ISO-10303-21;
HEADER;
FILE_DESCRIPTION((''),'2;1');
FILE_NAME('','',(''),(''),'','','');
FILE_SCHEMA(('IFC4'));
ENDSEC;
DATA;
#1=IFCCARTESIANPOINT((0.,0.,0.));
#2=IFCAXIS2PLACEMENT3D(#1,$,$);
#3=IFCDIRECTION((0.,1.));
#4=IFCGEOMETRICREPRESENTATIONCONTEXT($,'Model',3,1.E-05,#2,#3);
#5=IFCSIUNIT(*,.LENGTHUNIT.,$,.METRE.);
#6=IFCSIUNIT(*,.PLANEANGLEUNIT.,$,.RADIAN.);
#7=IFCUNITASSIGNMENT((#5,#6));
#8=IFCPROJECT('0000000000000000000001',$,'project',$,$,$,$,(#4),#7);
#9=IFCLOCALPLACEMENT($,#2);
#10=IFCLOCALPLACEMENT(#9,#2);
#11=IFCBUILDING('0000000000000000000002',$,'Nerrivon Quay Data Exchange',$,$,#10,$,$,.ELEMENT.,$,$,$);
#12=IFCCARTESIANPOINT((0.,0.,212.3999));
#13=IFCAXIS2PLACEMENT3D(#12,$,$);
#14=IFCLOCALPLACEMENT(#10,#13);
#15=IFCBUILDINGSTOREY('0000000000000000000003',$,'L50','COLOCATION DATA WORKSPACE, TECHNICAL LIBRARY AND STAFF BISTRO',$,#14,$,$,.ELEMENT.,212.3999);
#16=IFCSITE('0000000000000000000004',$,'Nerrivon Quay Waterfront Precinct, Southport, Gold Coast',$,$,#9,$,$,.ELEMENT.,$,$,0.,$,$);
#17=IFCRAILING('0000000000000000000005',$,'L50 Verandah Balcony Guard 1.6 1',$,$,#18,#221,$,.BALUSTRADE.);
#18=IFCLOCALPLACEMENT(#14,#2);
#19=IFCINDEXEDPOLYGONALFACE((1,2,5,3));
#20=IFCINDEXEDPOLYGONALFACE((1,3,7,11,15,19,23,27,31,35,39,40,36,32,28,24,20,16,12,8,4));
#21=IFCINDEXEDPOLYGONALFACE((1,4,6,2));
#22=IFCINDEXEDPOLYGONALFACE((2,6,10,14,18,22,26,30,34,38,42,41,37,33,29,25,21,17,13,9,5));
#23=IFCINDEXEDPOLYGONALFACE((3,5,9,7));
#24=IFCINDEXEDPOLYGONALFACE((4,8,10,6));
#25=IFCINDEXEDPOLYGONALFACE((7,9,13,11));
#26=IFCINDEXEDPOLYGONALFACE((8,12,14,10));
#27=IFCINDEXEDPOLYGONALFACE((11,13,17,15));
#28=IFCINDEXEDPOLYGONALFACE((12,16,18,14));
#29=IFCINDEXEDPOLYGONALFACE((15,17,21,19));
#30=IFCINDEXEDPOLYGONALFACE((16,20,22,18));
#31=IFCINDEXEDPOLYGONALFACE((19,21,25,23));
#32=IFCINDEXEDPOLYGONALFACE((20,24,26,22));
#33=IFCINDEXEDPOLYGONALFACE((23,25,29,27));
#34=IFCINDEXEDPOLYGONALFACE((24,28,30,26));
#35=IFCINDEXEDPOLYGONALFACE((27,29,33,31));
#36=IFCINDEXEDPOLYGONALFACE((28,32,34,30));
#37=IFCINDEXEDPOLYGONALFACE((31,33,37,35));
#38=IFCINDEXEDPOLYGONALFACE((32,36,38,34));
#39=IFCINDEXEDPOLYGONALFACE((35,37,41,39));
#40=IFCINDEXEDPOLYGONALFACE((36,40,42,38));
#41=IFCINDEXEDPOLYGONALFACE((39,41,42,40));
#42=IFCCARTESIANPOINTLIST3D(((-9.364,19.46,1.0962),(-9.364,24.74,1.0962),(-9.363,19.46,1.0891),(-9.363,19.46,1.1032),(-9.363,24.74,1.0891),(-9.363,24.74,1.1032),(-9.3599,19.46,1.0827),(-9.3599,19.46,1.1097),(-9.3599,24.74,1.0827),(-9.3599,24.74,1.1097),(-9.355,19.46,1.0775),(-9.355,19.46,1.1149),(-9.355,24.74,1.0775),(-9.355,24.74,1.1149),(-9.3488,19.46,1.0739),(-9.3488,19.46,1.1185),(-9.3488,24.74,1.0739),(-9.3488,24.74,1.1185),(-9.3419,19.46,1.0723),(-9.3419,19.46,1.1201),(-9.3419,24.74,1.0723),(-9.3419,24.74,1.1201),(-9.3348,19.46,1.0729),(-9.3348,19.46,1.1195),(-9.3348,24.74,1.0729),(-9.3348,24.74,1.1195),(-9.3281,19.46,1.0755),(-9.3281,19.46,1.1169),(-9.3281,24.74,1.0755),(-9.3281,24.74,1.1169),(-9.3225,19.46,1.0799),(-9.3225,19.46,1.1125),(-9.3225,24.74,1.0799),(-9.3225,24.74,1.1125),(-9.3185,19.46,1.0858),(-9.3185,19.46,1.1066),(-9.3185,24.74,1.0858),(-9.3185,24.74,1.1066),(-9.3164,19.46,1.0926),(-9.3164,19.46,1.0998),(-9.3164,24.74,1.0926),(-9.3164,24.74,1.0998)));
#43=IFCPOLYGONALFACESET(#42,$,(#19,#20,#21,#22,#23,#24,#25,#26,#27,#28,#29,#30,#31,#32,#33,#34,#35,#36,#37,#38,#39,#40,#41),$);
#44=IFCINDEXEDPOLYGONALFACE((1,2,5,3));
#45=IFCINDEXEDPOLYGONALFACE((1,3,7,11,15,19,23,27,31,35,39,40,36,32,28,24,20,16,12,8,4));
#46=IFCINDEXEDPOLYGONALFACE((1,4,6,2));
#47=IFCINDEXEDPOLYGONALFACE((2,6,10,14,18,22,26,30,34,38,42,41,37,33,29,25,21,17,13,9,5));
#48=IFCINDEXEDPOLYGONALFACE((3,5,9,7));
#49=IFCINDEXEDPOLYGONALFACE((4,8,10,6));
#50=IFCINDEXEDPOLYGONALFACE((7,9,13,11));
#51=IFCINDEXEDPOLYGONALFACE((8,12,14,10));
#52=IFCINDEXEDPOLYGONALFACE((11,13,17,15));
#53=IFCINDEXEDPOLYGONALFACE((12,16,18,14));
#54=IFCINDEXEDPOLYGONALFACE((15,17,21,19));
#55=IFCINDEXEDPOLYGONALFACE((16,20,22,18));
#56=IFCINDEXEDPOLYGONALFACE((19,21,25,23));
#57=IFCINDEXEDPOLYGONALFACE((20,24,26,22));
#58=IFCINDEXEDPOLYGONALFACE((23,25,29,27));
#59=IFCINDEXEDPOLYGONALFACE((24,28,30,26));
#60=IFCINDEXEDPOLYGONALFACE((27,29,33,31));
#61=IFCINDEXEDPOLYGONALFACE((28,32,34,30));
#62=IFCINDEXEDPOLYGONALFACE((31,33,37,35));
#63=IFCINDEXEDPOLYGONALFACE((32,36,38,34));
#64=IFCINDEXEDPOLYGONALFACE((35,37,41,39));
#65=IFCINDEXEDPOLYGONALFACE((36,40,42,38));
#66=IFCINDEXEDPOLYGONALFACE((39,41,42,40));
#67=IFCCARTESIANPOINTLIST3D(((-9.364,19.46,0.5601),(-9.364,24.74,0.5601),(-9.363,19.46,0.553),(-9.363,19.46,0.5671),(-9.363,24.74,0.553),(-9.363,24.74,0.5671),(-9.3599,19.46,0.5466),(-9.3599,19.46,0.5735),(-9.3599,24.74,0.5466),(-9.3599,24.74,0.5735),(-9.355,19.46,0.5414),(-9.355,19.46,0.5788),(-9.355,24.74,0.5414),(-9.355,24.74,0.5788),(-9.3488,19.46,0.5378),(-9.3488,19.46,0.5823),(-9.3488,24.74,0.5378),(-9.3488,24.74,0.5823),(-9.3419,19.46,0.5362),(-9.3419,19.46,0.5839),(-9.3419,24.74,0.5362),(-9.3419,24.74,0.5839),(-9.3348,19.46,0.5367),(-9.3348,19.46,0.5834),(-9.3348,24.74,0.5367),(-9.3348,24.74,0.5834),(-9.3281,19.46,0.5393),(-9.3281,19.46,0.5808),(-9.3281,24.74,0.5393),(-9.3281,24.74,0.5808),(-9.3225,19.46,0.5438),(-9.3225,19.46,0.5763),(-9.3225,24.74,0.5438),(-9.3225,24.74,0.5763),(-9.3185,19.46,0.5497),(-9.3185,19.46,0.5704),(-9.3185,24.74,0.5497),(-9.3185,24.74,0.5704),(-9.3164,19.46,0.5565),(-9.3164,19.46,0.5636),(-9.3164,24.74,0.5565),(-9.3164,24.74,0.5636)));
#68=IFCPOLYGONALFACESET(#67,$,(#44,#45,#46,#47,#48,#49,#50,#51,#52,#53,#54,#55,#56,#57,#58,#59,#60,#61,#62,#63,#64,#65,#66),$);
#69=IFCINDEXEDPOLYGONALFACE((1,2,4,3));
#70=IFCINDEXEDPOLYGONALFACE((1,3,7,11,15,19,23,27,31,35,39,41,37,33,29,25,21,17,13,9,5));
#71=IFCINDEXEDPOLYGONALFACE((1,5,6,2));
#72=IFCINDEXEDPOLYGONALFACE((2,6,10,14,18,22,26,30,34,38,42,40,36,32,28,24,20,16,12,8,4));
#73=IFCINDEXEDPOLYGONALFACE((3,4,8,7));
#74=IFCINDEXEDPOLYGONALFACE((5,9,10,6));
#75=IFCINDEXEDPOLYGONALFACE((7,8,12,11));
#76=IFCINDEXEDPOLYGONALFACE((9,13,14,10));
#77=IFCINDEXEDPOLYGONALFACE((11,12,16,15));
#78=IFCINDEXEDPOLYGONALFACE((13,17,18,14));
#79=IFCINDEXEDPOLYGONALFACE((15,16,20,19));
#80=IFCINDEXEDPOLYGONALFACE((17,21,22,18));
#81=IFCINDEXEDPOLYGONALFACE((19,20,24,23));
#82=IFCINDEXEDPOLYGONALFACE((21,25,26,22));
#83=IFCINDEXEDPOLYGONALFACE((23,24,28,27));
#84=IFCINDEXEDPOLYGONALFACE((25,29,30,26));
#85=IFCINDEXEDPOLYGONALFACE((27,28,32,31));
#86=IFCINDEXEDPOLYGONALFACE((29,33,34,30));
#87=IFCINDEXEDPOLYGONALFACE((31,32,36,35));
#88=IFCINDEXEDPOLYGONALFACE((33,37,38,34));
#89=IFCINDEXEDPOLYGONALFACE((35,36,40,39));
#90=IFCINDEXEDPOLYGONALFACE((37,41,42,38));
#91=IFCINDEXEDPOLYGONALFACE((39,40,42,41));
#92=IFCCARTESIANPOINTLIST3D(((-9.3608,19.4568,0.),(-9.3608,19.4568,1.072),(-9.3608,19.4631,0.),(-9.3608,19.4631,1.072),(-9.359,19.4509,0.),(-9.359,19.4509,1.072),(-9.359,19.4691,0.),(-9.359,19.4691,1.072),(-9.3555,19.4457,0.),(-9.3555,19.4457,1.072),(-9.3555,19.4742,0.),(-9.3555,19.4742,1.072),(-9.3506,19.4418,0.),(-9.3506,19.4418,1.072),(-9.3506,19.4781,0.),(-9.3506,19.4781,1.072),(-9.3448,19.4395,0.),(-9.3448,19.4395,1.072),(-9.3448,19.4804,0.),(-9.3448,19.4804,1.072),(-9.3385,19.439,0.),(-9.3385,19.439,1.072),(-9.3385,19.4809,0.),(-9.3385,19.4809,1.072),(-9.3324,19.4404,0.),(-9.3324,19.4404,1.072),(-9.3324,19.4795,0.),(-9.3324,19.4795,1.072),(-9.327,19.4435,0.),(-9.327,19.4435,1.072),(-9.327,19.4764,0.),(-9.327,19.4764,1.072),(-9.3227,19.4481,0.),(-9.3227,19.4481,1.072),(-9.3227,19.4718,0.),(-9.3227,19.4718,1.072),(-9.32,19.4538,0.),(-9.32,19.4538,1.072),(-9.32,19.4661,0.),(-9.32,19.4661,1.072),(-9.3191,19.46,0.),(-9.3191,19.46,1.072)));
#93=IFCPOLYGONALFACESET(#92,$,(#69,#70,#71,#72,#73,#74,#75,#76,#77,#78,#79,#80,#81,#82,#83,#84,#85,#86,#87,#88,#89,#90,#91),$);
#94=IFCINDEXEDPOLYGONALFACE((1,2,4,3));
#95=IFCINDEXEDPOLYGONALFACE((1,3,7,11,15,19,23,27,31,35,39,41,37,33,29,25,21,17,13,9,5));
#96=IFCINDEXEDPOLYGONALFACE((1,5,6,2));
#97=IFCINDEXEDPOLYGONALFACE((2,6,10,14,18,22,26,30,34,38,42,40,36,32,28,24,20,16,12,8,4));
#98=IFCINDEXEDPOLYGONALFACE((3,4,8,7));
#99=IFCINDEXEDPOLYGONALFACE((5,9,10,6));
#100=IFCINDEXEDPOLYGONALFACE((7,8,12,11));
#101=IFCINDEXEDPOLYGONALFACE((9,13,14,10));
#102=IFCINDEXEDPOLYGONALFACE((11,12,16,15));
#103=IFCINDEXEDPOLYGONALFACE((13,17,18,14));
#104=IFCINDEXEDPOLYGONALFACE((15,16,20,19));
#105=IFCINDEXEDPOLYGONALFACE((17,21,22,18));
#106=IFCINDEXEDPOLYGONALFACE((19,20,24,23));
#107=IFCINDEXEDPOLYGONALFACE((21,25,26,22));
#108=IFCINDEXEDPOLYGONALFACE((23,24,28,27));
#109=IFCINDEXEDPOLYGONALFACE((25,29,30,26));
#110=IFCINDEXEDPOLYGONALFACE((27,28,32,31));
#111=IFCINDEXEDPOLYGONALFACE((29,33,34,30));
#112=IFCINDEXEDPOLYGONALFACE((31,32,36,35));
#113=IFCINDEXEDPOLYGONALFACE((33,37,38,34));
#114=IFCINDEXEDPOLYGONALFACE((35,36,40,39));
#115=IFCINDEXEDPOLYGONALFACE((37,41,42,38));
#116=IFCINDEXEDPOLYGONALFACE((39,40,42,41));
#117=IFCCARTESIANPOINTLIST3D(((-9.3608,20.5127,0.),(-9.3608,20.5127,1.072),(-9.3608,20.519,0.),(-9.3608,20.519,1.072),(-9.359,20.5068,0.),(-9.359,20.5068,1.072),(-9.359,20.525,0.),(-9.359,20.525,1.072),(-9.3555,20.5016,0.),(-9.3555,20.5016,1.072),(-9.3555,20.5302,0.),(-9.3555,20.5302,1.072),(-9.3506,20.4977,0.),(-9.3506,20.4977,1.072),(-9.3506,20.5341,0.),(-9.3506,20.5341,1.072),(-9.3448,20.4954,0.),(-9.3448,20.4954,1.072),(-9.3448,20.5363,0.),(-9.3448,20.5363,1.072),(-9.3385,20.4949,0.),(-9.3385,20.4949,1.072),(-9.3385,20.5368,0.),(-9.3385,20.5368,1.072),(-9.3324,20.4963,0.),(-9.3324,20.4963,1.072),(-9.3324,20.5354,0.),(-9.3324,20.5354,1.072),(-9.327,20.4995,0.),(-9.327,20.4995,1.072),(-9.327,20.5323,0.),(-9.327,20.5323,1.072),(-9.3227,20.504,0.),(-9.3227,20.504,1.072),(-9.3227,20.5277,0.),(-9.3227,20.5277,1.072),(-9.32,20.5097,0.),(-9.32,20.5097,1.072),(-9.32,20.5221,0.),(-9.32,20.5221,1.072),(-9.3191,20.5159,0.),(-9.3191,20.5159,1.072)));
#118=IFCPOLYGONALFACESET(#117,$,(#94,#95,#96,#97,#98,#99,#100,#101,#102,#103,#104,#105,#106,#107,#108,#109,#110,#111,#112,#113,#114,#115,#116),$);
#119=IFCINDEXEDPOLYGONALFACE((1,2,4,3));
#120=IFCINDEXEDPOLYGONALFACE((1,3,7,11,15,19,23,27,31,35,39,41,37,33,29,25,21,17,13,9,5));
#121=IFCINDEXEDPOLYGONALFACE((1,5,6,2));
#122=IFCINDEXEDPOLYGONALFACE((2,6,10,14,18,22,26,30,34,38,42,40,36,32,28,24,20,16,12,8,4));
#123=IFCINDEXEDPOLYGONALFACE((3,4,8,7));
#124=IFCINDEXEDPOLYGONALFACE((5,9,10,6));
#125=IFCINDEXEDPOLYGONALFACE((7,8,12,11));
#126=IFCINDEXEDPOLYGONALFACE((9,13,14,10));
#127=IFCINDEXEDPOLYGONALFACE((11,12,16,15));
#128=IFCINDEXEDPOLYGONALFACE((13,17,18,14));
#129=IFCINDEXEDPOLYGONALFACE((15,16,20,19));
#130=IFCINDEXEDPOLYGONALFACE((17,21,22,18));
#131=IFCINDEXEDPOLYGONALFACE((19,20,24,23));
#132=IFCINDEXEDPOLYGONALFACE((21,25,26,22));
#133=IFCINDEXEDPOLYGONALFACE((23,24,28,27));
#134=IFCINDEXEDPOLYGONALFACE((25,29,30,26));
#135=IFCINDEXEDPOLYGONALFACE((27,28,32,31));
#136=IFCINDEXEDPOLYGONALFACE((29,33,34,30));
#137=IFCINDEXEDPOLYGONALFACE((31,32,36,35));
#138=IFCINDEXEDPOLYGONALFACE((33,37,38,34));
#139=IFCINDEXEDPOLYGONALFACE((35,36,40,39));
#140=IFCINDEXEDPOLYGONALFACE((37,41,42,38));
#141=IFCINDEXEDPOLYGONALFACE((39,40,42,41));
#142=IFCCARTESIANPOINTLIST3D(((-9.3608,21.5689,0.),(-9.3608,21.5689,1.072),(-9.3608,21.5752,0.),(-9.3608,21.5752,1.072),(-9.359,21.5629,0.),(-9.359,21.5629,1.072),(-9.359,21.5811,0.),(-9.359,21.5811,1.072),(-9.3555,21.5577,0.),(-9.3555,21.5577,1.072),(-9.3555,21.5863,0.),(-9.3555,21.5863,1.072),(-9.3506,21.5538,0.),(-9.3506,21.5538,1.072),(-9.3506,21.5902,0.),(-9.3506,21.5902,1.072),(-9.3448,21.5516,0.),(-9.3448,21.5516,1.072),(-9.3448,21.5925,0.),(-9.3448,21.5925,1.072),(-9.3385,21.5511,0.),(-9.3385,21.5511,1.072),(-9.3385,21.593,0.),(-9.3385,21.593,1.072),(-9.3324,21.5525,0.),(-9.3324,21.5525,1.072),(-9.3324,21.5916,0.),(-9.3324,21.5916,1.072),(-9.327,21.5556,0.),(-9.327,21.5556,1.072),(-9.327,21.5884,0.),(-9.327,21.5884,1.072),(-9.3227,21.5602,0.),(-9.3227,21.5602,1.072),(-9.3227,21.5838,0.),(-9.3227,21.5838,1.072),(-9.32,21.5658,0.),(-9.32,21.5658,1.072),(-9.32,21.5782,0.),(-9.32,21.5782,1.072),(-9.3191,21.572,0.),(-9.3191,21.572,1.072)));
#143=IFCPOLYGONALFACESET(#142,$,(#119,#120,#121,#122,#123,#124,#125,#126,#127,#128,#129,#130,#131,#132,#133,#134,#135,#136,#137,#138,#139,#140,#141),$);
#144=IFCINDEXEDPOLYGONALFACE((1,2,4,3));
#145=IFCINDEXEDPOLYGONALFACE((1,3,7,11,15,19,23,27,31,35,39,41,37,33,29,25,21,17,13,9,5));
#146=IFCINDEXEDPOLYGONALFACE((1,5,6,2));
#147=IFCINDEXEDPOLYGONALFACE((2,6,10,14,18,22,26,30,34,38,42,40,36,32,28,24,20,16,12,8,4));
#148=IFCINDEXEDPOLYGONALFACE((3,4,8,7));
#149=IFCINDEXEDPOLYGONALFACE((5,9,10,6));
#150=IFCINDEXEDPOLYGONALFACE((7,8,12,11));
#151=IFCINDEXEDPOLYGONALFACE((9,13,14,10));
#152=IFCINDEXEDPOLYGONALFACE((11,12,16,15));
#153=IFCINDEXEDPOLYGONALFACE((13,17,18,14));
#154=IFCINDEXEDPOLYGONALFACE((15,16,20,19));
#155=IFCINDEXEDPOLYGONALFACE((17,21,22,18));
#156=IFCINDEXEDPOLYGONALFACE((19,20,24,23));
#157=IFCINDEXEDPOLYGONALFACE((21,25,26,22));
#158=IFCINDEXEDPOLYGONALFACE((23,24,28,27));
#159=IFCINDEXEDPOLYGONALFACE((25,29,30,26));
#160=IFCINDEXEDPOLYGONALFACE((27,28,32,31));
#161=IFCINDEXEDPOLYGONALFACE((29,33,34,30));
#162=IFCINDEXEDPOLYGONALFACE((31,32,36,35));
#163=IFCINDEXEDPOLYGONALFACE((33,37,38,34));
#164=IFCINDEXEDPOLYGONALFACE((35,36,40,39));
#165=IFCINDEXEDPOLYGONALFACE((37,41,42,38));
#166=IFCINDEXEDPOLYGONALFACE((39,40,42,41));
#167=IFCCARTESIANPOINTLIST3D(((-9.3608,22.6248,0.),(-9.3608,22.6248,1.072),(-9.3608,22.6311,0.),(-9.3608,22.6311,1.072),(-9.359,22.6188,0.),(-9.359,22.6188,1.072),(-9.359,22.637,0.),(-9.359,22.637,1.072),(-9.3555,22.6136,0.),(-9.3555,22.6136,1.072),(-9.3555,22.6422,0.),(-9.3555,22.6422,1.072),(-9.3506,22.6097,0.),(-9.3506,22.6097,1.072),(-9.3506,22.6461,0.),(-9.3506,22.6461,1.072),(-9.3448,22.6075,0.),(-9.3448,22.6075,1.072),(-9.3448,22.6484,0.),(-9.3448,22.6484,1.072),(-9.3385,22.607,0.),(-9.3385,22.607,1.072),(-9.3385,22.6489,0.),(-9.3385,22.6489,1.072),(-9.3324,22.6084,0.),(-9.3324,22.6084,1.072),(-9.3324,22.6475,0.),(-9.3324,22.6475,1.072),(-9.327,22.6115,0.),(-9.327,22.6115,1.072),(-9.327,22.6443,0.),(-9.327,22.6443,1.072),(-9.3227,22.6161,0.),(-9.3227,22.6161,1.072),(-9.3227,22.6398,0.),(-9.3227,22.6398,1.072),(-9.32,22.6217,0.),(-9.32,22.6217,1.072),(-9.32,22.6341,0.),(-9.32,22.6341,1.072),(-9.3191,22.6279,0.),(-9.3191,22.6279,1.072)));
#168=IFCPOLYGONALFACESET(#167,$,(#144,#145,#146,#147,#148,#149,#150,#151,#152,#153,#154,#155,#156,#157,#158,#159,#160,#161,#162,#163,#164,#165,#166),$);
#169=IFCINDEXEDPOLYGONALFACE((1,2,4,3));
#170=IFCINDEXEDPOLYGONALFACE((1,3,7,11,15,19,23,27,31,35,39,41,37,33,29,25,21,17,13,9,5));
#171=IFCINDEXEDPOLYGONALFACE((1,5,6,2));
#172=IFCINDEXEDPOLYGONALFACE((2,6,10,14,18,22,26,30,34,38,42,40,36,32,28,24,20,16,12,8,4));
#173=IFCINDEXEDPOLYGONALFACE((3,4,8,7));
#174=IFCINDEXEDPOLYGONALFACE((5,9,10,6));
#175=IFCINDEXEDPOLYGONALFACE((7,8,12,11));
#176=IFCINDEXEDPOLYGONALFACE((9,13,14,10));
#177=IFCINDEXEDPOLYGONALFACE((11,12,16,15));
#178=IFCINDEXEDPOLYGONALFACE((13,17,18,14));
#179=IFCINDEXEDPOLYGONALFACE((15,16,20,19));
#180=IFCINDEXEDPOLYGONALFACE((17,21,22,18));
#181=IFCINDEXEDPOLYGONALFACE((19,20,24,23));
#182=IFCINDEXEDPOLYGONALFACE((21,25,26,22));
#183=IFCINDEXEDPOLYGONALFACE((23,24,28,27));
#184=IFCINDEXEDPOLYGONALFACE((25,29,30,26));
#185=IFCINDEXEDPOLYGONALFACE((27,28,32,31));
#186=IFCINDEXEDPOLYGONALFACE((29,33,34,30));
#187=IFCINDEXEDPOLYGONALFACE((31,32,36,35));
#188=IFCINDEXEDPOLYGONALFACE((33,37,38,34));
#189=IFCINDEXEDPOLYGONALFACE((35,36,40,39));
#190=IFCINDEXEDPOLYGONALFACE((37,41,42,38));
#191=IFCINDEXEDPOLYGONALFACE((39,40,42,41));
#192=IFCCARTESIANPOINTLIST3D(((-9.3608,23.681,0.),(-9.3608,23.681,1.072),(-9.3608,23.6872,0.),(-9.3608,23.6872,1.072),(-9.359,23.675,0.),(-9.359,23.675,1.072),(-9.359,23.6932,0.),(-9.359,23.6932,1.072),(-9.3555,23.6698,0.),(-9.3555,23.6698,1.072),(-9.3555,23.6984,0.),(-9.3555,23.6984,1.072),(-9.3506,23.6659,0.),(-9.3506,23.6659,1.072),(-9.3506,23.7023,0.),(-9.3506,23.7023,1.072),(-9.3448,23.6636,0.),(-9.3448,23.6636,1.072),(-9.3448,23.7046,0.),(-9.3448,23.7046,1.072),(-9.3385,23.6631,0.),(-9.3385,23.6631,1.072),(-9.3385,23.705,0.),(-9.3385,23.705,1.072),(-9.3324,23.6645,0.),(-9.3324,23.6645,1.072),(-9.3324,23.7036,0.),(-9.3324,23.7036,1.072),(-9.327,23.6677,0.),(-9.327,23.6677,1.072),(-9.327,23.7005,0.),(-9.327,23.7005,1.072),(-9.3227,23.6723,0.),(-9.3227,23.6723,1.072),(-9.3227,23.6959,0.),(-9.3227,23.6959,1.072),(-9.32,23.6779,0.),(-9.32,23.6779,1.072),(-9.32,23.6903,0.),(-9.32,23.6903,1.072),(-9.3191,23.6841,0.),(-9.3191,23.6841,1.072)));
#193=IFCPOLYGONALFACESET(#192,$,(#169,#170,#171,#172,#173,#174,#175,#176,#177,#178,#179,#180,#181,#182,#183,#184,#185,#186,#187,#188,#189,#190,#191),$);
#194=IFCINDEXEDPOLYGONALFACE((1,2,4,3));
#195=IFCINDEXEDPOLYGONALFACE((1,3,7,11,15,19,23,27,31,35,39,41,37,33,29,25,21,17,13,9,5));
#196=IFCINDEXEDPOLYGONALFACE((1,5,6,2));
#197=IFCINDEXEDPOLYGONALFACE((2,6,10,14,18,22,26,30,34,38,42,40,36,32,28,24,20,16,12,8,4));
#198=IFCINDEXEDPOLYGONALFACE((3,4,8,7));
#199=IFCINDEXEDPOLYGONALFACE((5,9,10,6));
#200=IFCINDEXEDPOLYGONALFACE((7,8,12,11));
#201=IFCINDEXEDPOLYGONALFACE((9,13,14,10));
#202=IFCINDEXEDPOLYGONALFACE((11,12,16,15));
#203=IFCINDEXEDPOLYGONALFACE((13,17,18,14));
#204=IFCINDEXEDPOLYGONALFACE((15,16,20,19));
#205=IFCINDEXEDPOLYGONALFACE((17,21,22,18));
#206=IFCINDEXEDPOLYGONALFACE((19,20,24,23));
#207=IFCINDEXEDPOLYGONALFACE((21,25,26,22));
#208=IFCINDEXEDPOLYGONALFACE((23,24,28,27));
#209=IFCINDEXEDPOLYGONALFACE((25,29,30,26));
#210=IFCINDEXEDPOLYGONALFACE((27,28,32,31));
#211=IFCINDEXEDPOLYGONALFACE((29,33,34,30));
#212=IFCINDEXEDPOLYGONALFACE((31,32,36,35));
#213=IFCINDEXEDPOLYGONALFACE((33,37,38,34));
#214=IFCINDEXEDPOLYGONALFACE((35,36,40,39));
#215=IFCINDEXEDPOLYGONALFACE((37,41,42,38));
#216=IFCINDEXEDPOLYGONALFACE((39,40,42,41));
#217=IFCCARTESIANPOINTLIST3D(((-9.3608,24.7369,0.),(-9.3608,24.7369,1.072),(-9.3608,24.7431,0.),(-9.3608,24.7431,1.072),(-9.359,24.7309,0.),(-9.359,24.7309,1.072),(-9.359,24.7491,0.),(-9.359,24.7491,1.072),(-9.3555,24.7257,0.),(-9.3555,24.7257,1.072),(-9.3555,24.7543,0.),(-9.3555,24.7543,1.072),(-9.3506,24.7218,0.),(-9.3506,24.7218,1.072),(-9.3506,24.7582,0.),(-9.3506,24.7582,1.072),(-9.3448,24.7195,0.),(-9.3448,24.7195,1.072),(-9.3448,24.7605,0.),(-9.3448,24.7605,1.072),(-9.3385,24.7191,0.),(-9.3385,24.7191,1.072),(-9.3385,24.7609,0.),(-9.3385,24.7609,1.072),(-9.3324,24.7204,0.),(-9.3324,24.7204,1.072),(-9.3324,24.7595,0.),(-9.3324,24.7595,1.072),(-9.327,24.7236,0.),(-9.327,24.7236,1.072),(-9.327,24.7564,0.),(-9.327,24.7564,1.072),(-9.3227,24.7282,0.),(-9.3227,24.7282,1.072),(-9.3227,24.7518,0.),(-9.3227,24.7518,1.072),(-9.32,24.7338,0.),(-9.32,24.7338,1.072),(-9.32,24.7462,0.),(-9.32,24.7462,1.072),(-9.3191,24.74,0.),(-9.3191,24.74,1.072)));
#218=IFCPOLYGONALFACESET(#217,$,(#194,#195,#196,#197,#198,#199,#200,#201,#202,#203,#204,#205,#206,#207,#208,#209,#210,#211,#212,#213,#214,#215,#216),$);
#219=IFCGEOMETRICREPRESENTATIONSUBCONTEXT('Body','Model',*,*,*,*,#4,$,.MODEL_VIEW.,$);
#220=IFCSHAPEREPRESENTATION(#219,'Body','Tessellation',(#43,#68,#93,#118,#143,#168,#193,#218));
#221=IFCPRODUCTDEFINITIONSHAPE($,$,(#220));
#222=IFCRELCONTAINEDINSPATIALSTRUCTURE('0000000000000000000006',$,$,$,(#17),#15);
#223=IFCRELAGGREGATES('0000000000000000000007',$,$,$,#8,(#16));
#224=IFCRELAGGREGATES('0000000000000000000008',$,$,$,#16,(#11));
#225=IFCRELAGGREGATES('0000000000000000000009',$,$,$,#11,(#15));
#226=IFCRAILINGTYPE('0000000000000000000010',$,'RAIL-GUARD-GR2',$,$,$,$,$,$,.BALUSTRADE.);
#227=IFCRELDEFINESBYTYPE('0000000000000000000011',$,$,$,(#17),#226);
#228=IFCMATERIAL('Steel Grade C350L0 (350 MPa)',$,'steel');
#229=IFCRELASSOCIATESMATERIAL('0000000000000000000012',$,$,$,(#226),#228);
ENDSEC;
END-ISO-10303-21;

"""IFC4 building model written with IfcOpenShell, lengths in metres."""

from ifc_helpers import new_model, si_unit, direction, frame, origin, origin_2d, place, context, subcontext, project, spatial, circle, extrude, material, type_object, element, save


model = new_model("IFC4")

# Units and contexts
model_context = context("Model", 3, precision=1e-05, world=origin(), true_north=direction((0.0, 1.0)))
body_context = subcontext(model_context, "Body", "Model", "MODEL_VIEW")
ifc_project = project(units=[si_unit("LENGTHUNIT", "METRE"), si_unit("PLANEANGLEUNIT", "RADIAN")], contexts=[model_context])

# Site, building, storey
site_placement = place(None, origin())
site = spatial("IfcSite", under=ifc_project, at=site_placement, Name="Nerrivon Quay Waterfront Precinct, Southport, Gold Coast", CompositionType="ELEMENT", RefElevation=0.0)
building_placement = place(site_placement, origin())
building = spatial("IfcBuilding", under=site, at=building_placement, Name="Nerrivon Quay Data Exchange", CompositionType="ELEMENT")
storey_placement = place(building_placement, frame((0.0, 0.0, 212.3999)))
storey = spatial("IfcBuildingStorey", under=building, at=storey_placement, Name="L50", Description="COLOCATION DATA WORKSPACE, TECHNICAL LIBRARY AND STAFF BISTRO", CompositionType="ELEMENT", Elevation=212.3999)

# Railing
ifc_material_1 = material(Name="Steel Grade C350L0 (350 MPa)", Category="steel")
railing_type = type_object("IfcRailingType", Name="RAIL-GUARD-GR2", PredefinedType="BALUSTRADE", material=ifc_material_1)
railing_1_placement = place(storey_placement, frame((-9.3401, 19.46, 0.0)))
element("IfcRailing", 1, at=railing_1_placement, inside=storey, type_object=railing_type, Name="L50 Verandah Balcony Guard 1.6 1", PredefinedType="BALUSTRADE", context=body_context, shape_type="SweptSolid", body=[
    extrude(circle(Radius=0.0239, at=origin_2d()), frame((0.0, 0.0, 1.0962), z_axis=(0.0, 1.0, 0.0), x_axis=(-1.0, 0.0, 0.0)), (0.0, 0.0, 1.0), 5.28),
    extrude(circle(Radius=0.0239, at=origin_2d()), frame((0.0, 0.0, 0.5601), z_axis=(0.0, 1.0, 0.0), x_axis=(-1.0, 0.0, 0.0)), (0.0, 0.0, 1.0), 5.28),
    extrude(circle(Radius=0.021, at=origin_2d()), origin(), (0.0, 0.0, 1.0), 1.072),
    extrude(circle(Radius=0.021, at=origin_2d()), frame((0.0, 1.0559, 0.0)), (0.0, 0.0, 1.0), 1.072),
    extrude(circle(Radius=0.021, at=origin_2d()), frame((0.0, 2.1121, 0.0)), (0.0, 0.0, 1.0), 1.072),
    extrude(circle(Radius=0.021, at=origin_2d()), frame((0.0, 3.168, 0.0)), (0.0, 0.0, 1.0), 1.072),
    extrude(circle(Radius=0.021, at=origin_2d()), frame((0.0, 4.2241, 0.0)), (0.0, 0.0, 1.0), 1.072),
    extrude(circle(Radius=0.021, at=origin_2d()), frame((0.0, 5.28, 0.0)), (0.0, 0.0, 1.0), 1.072),
])

save(model, "model.ifc")
